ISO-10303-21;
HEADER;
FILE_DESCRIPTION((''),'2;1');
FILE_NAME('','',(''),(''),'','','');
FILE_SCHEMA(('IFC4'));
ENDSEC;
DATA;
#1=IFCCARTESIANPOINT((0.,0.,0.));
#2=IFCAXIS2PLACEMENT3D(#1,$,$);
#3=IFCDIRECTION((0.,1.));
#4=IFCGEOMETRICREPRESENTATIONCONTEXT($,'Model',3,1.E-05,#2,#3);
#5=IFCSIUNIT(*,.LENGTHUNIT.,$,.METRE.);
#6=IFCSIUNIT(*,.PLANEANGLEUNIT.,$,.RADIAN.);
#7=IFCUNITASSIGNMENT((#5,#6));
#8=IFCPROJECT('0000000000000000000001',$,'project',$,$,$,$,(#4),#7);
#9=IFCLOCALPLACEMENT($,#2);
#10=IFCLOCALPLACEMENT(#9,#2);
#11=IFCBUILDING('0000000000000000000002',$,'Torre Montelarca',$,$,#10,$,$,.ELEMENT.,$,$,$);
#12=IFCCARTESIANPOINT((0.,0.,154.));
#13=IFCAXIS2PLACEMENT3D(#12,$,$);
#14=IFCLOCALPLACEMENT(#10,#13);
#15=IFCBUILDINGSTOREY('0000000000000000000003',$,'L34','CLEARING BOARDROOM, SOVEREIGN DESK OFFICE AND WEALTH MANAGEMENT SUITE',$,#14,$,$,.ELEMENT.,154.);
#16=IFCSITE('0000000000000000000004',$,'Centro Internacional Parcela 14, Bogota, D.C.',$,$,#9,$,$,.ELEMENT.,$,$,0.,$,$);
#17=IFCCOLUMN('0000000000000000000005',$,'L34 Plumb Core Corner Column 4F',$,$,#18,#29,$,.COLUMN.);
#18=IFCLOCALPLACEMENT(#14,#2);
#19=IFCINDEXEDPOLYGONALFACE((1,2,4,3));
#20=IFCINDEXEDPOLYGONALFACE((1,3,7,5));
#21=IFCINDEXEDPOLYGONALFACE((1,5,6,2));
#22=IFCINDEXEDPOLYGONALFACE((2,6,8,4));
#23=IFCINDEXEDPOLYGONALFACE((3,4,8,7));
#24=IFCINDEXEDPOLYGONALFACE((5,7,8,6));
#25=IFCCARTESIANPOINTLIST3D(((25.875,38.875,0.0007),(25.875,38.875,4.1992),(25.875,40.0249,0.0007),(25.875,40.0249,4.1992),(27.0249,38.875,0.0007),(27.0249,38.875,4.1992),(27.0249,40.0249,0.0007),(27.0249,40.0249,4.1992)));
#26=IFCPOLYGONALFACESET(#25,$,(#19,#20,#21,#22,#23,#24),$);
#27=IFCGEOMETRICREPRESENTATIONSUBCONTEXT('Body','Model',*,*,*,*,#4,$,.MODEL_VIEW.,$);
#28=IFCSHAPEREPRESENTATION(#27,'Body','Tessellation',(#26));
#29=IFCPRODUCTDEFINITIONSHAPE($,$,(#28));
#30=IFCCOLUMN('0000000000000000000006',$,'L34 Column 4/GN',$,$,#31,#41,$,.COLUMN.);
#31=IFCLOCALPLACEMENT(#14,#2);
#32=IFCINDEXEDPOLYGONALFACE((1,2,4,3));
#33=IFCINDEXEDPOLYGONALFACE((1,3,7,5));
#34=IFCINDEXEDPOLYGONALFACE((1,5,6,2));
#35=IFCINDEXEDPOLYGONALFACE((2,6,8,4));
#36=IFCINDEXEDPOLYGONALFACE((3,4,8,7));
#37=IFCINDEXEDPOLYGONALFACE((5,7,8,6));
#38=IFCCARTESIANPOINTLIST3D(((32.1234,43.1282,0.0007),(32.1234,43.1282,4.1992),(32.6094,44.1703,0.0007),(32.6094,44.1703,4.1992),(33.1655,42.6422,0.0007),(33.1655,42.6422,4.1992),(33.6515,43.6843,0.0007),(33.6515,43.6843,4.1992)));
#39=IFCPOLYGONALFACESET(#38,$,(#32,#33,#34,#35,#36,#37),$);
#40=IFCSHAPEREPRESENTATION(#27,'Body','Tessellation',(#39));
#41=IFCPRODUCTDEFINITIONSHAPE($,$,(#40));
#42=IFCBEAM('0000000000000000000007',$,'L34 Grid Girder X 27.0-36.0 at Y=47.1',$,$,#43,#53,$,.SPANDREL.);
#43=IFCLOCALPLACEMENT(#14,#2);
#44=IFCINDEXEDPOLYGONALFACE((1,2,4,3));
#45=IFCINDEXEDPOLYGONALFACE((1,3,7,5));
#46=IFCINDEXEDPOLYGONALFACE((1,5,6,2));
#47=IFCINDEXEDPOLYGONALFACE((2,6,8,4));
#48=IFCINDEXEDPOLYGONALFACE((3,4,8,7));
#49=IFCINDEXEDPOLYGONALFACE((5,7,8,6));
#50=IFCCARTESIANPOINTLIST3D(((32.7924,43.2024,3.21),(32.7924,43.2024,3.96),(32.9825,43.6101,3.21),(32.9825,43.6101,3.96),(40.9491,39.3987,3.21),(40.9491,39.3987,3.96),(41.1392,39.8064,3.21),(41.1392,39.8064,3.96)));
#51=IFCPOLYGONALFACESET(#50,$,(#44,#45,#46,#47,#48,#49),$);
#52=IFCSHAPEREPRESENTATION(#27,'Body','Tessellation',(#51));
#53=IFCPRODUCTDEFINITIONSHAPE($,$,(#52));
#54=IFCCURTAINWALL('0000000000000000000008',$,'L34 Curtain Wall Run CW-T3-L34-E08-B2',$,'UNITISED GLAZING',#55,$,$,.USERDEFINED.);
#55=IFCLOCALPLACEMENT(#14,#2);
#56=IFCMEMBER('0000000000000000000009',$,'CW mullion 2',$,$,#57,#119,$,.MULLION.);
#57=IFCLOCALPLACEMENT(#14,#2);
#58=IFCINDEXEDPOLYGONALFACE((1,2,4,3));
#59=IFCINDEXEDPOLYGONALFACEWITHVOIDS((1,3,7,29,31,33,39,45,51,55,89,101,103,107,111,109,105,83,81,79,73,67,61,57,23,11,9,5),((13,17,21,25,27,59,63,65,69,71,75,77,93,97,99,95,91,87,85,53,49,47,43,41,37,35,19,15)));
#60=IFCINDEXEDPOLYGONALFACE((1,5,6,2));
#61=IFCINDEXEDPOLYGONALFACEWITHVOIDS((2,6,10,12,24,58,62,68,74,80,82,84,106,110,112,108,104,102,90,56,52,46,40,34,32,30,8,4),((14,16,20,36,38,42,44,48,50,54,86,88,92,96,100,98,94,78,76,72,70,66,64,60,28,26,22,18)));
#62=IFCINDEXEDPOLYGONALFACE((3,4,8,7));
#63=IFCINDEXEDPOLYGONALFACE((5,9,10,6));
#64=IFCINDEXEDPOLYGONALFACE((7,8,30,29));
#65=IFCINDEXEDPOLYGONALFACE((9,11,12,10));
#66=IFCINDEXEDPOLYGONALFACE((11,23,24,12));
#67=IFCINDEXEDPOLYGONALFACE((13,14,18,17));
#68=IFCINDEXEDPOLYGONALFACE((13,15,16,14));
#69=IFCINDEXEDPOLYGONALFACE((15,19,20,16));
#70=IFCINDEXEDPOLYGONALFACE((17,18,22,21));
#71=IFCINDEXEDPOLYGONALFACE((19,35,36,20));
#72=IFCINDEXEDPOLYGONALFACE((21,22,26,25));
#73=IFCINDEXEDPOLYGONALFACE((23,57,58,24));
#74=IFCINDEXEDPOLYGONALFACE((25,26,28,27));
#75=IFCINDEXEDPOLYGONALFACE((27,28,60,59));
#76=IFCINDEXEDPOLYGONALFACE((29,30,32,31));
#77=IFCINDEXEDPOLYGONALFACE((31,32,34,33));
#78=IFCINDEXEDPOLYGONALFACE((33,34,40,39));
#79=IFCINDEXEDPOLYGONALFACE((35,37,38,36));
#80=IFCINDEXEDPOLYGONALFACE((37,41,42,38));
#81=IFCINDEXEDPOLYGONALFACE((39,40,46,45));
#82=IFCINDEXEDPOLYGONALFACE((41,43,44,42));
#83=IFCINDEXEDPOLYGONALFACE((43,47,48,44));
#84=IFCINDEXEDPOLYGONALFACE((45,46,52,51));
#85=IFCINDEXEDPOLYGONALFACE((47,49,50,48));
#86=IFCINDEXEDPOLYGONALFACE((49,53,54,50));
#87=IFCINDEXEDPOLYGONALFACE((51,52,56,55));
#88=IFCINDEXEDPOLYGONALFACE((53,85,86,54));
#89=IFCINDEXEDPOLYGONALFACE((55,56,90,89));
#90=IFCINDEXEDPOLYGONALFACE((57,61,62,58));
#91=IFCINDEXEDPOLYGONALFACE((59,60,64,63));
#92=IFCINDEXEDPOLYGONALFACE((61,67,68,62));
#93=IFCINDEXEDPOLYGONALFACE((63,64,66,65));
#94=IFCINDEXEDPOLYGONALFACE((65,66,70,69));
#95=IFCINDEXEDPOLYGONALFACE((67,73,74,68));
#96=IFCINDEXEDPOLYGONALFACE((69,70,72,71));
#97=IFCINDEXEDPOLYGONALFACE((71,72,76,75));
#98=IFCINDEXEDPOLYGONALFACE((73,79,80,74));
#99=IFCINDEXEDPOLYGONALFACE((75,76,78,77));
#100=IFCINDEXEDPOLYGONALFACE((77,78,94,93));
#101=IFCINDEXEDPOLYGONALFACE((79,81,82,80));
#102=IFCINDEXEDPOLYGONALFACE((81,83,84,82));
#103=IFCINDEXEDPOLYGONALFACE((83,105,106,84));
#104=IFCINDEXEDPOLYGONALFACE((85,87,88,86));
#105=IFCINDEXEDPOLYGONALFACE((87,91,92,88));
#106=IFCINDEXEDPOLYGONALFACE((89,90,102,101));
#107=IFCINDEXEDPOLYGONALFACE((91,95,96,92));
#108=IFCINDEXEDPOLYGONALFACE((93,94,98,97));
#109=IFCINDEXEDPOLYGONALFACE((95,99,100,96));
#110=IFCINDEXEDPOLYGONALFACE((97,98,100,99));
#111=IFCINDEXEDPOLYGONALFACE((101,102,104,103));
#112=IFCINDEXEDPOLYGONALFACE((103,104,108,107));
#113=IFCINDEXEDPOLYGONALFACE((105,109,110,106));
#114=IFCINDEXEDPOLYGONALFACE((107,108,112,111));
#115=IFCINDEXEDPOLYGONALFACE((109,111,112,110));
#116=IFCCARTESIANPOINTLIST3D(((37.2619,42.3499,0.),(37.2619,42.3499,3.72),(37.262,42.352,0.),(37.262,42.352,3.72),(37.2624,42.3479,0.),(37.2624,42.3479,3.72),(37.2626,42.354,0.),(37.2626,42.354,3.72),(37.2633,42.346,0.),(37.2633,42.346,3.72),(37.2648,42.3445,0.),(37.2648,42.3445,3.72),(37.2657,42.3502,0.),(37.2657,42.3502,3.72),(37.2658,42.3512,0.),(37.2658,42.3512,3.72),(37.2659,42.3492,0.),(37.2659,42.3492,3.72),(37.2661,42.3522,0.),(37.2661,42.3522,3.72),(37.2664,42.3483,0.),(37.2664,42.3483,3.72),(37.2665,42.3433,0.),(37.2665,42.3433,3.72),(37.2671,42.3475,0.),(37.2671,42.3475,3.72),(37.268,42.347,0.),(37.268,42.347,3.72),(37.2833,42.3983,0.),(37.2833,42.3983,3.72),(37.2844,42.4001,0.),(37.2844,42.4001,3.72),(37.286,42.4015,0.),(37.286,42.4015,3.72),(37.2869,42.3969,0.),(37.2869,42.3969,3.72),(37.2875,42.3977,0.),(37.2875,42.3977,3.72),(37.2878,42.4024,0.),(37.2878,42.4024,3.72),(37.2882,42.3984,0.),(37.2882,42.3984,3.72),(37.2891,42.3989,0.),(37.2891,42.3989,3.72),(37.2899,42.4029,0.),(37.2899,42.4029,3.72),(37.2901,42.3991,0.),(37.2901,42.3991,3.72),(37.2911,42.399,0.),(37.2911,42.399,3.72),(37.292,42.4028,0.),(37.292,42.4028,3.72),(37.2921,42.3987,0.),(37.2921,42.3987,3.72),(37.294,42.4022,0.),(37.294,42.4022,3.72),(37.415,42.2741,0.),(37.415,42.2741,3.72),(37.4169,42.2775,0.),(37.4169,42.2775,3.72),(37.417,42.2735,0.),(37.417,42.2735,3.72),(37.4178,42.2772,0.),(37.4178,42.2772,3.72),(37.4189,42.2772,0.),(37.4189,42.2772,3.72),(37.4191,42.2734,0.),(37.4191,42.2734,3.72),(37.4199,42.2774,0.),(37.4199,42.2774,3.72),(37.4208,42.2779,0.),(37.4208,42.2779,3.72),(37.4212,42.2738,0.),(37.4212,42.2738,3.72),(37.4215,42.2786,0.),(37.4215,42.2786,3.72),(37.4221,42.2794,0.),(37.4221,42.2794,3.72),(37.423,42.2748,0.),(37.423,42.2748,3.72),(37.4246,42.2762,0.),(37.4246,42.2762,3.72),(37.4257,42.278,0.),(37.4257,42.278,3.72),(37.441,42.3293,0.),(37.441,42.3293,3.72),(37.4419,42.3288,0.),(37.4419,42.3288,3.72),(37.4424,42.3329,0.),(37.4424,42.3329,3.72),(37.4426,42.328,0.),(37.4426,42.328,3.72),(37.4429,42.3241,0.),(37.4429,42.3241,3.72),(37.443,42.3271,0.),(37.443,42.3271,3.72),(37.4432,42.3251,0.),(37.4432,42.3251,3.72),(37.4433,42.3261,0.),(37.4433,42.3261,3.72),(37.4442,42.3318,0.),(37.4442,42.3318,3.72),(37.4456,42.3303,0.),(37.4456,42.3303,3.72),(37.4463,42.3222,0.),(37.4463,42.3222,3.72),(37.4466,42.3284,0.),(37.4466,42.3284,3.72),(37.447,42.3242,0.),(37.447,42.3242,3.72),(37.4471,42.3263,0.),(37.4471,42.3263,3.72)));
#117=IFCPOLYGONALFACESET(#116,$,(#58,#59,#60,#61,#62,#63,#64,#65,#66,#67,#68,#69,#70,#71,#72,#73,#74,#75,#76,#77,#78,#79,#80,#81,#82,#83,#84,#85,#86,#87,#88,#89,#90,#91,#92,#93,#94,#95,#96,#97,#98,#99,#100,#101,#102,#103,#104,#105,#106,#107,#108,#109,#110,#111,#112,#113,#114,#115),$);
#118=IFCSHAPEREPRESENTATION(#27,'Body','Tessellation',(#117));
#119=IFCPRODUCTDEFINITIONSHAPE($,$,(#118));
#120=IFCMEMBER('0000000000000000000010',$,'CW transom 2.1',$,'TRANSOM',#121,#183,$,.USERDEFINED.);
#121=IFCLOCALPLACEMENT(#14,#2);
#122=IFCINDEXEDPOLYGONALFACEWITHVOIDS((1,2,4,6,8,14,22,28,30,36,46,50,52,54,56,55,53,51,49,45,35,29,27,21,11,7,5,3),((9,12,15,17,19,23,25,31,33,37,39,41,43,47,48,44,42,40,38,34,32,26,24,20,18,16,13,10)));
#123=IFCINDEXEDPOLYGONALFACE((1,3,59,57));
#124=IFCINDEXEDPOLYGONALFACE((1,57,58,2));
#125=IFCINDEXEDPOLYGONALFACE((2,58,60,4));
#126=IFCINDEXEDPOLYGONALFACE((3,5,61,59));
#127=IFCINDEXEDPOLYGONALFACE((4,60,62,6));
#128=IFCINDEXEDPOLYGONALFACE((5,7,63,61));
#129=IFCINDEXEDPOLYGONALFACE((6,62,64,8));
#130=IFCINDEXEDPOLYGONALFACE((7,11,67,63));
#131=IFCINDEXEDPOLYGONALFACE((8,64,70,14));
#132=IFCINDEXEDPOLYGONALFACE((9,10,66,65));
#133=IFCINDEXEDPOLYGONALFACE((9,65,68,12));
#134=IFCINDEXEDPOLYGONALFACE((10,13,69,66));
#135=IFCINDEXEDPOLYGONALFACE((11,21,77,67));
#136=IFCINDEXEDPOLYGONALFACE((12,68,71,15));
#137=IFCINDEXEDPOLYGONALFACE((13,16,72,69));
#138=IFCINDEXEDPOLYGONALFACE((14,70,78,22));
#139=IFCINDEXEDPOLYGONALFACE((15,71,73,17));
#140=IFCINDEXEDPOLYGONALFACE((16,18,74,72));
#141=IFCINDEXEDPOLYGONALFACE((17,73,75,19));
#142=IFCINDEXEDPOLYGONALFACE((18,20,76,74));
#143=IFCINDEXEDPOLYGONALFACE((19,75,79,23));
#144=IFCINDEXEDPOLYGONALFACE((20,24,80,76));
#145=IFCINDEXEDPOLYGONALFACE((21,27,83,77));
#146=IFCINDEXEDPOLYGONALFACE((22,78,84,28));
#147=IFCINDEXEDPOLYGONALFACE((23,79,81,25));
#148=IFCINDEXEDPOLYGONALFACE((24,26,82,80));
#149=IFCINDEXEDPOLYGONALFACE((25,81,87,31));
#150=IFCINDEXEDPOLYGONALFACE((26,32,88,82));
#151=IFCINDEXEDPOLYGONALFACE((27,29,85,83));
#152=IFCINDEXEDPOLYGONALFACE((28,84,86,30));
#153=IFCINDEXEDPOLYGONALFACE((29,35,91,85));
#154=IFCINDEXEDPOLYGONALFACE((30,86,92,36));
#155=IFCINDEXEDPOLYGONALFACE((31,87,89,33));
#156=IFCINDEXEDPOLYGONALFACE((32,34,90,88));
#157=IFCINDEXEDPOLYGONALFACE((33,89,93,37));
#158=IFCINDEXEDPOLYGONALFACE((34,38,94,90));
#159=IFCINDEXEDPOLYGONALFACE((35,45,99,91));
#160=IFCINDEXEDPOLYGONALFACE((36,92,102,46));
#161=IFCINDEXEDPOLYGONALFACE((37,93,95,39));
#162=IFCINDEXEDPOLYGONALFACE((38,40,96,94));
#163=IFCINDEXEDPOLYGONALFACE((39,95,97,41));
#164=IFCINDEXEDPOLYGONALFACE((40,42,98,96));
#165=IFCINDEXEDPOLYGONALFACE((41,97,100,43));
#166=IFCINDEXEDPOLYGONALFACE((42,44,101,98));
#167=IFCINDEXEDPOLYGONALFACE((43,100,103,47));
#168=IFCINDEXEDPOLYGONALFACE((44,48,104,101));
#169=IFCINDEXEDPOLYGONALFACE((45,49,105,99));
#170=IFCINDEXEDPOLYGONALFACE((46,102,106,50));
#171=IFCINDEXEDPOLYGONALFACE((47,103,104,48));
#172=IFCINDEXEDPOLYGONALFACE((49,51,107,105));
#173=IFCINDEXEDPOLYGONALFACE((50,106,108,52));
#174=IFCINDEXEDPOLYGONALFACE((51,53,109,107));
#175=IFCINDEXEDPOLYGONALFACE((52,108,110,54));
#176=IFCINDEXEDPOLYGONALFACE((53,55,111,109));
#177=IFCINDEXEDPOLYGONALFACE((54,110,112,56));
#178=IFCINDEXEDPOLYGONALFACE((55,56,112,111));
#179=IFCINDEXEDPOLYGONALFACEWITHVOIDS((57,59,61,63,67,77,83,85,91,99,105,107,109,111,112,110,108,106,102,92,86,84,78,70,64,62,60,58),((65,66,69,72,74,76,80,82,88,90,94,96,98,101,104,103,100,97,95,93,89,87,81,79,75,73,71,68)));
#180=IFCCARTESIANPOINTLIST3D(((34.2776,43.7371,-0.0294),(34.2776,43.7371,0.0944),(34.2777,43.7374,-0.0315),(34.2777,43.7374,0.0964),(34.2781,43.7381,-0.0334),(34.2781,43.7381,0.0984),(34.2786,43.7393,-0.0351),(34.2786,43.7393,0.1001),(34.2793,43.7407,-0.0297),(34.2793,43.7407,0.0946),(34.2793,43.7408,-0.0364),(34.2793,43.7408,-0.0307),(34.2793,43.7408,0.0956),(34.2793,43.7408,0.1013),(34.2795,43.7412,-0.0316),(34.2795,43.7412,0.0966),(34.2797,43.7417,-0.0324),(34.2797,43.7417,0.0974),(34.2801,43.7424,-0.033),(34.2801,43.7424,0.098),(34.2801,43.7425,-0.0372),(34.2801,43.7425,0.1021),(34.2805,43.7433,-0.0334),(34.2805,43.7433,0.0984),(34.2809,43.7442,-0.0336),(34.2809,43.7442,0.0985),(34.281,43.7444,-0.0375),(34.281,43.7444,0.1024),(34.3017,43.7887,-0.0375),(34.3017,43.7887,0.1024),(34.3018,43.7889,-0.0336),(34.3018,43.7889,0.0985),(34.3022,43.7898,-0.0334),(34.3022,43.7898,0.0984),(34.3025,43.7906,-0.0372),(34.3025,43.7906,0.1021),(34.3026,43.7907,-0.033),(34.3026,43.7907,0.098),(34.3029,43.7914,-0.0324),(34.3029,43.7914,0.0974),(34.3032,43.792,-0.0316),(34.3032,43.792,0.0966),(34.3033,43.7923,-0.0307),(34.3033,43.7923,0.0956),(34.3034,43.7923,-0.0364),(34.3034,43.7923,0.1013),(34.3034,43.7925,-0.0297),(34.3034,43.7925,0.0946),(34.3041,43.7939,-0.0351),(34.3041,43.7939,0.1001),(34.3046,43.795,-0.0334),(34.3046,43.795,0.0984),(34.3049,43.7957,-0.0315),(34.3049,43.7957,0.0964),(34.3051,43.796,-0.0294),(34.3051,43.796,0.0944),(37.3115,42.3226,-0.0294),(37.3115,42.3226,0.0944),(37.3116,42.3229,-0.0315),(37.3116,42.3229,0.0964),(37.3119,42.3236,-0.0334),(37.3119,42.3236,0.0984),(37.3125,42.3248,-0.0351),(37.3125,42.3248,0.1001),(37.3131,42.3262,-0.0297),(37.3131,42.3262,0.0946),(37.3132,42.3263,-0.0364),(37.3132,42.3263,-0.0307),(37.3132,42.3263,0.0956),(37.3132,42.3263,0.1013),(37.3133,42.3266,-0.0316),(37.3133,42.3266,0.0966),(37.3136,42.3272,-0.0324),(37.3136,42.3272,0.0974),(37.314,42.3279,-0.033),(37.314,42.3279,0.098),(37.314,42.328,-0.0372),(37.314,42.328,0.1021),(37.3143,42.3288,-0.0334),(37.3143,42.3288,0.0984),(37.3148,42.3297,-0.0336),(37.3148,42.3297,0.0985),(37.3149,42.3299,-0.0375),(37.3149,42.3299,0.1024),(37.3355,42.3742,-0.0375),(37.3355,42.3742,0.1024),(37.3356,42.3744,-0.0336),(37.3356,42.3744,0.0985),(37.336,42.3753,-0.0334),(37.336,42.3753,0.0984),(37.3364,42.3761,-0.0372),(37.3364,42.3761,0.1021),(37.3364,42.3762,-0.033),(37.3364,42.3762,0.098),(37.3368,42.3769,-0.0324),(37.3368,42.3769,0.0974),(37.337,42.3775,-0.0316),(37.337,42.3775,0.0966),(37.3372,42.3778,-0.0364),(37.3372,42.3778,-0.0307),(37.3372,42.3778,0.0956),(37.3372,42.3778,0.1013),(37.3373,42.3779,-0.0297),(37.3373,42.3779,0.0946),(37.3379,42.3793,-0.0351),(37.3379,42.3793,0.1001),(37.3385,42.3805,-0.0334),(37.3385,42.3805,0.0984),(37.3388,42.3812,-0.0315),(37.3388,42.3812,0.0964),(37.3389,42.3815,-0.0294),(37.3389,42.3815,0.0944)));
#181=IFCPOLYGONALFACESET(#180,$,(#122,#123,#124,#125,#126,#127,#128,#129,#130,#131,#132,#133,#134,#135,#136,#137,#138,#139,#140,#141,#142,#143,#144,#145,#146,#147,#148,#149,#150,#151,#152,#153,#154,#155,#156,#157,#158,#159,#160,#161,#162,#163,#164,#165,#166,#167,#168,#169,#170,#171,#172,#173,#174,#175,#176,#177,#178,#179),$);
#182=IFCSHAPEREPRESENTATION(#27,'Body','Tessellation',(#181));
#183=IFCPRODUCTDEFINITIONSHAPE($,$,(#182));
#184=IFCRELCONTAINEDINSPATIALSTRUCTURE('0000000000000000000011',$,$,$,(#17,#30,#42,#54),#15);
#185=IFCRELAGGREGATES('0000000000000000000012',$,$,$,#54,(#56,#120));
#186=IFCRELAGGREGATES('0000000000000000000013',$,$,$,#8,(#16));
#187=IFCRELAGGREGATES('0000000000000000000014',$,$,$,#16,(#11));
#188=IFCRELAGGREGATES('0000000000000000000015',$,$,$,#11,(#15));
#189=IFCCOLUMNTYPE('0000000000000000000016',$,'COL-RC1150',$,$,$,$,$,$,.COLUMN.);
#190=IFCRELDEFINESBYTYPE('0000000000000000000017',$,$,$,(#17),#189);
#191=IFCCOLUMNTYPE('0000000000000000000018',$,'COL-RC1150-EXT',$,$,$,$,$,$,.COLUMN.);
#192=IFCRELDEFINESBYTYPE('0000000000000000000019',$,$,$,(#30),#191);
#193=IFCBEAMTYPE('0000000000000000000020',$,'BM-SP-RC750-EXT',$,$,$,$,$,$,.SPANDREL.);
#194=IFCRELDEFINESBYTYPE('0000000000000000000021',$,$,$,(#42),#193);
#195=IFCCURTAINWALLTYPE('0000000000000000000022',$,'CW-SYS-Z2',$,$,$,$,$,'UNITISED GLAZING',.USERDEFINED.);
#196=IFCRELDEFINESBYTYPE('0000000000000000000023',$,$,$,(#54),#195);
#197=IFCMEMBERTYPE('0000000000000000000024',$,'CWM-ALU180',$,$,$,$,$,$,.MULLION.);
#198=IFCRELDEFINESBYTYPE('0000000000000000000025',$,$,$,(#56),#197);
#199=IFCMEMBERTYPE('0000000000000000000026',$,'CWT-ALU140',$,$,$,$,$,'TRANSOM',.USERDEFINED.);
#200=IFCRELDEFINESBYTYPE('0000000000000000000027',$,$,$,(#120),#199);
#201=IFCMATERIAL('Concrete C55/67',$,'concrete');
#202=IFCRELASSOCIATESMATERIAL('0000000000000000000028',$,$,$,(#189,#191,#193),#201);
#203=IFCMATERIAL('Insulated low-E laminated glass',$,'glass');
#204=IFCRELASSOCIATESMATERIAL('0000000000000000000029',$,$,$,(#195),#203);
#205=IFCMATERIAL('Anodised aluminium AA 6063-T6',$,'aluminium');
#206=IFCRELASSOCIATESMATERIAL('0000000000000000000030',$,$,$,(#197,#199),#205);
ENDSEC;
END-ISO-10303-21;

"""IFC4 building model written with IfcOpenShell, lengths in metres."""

from ifc_helpers import new_model, si_unit, direction, frame, origin, origin_2d, place, context, subcontext, project, spatial, rectangle, hollow_rectangle, extrude, source, transform, mapped, material, material_profile, profile_set, type_object, element, aggregate, save


model = new_model("IFC4")

# Units and contexts
model_context = context("Model", 3, precision=1e-05, world=origin(), true_north=direction((0.0, 1.0)))
body_context = subcontext(model_context, "Body", "Model", "MODEL_VIEW")
ifc_project = project(units=[si_unit("LENGTHUNIT", "METRE"), si_unit("PLANEANGLEUNIT", "RADIAN")], contexts=[model_context])

# Site, building, storey
site_placement = place(None, origin())
site = spatial("IfcSite", under=ifc_project, at=site_placement, Name="Centro Internacional Parcela 14, Bogota, D.C.", CompositionType="ELEMENT", RefElevation=0.0)
building_placement = place(site_placement, origin())
building = spatial("IfcBuilding", under=site, at=building_placement, Name="Torre Montelarca", CompositionType="ELEMENT")
storey_placement = place(building_placement, frame((0.0, 0.0, 154.0)))
storey = spatial("IfcBuildingStorey", under=building, at=storey_placement, Name="L34", Description="CLEARING BOARDROOM, SOVEREIGN DESK OFFICE AND WEALTH MANAGEMENT SUITE", CompositionType="ELEMENT", Elevation=154.0)

# Columns
ifc_material_1 = material(Name="Concrete C55/67", Category="concrete")
ifc_material_profile_1 = material_profile(ifc_material_1, rectangle(XDim=1.1499, YDim=1.1499, at=origin_2d()), Name="RC1150X1150", Category="concrete")
ifc_profile_set_1 = profile_set([ifc_material_profile_1], Name="Concrete C55/67")
column_type_1 = type_object("IfcColumnType", Name="COL-RC1150", PredefinedType="COLUMN", material=ifc_profile_set_1)
shared_shape_1 = source(origin(), body_context, "Body", "SweptSolid", [
    extrude(rectangle(XDim=1.1499, YDim=1.1499, at=origin_2d()), origin(), (0.0, 0.0, 1.0), 4.1985),
])
column_1_placement = place(storey_placement, frame((26.45, 39.45, 0.0007), z_axis=(0.0, 0.0, 1.0), x_axis=(1.0, 0.0, 0.0)))
element("IfcColumn", 1, at=column_1_placement, inside=storey, type_object=column_type_1, Name="L34 Plumb Core Corner Column 4F", PredefinedType="COLUMN", context=body_context, shape_type="MappedRepresentation", body=[
    mapped(shared_shape_1, transform((0.0, 0.0, 0.0), scale=1.0)),
])
ifc_material_profile_2 = material_profile(ifc_material_1, rectangle(XDim=1.1499, YDim=1.1499, at=origin_2d()), Name="RC1150X1150", Category="concrete")
ifc_profile_set_2 = profile_set([ifc_material_profile_2], Name="Concrete C55/67")
column_type_2 = type_object("IfcColumnType", Name="COL-RC1150-EXT", PredefinedType="COLUMN", material=ifc_profile_set_2)
shared_shape_2 = source(origin(), body_context, "Body", "SweptSolid", [
    extrude(rectangle(XDim=1.1499, YDim=1.1499, at=origin_2d()), origin(), (0.0, 0.0, 1.0), 4.1985),
])
column_2_placement = place(storey_placement, frame((32.8875, 43.4062, 0.0007), z_axis=(0.0, 0.0, 1.0), x_axis=(-0.906308, 0.422618, 0.0)))
element("IfcColumn", 2, at=column_2_placement, inside=storey, type_object=column_type_2, Name="L34 Column 4/GN", PredefinedType="COLUMN", context=body_context, shape_type="MappedRepresentation", body=[
    mapped(shared_shape_2, transform((0.0, 0.0, 0.0), scale=1.0)),
])

# Beam
ifc_material_profile_3 = material_profile(ifc_material_1, rectangle(XDim=0.45, YDim=0.75, at=origin_2d()), Name="RCB450X750", Category="concrete")
ifc_profile_set_3 = profile_set([ifc_material_profile_3], Name="Concrete C55/67")
beam_type = type_object("IfcBeamType", Name="BM-SP-RC750-EXT", PredefinedType="SPANDREL", material=ifc_profile_set_3)
shared_shape_3 = source(origin(), body_context, "Body", "SweptSolid", [
    extrude(rectangle(XDim=0.45, YDim=0.75, at=origin_2d()), origin(), (0.0, 0.0, 1.0), 9.0),
])
beam_placement = place(storey_placement, frame((32.8875, 43.4062, 3.585), z_axis=(0.906301, -0.422633, 0.0), x_axis=(0.422633, 0.906301, 0.0)))
element("IfcBeam", 3, at=beam_placement, inside=storey, type_object=beam_type, Name="L34 Grid Girder X 27.0-36.0 at Y=47.1", PredefinedType="SPANDREL", context=body_context, shape_type="MappedRepresentation", body=[
    mapped(shared_shape_3, transform((0.0, 0.0, 0.0), scale=1.0)),
])

# Curtain wall, members
ifc_material_2 = material(Name="Insulated low-E laminated glass", Category="glass")
curtain_wall_type = type_object("IfcCurtainWallType", Name="CW-SYS-Z2", ElementType="UNITISED GLAZING", PredefinedType="USERDEFINED", material=ifc_material_2)
curtain_wall_placement = place(storey_placement, origin())
curtain_wall = element("IfcCurtainWall", 4, at=curtain_wall_placement, inside=storey, type_object=curtain_wall_type, Name="L34 Curtain Wall Run CW-T3-L34-E08-B2", ObjectType="UNITISED GLAZING", PredefinedType="USERDEFINED")
ifc_material_3 = material(Name="Anodised aluminium AA 6063-T6", Category="aluminium")
ifc_material_profile_4 = material_profile(ifc_material_3, hollow_rectangle(XDim=0.0649, YDim=0.1799, WallThickness=0.0039, InnerFilletRadius=0.0039, OuterFilletRadius=0.0081, at=origin_2d()), Name="ALU65X180X4", Category="aluminium")
ifc_profile_set_4 = profile_set([ifc_material_profile_4], Name="Anodised aluminium AA 6063-T6")
member_type_1 = type_object("IfcMemberType", Name="CWM-ALU180", PredefinedType="MULLION", material=ifc_profile_set_4)
shared_shape_4 = source(origin(), body_context, "Body", "SweptSolid", [
    extrude(hollow_rectangle(XDim=0.0649, YDim=0.1799, WallThickness=0.0039, InnerFilletRadius=0.0039, OuterFilletRadius=0.0081, at=origin_2d()), origin(), (0.0, 0.0, 1.0), 3.72),
])
member_1_placement = place(storey_placement, frame((37.3545, 42.3381, 0.0), z_axis=(0.0, 0.0, 1.0), x_axis=(-0.422611, -0.906311, 0.0)))
member_1 = element("IfcMember", 5, at=member_1_placement, type_object=member_type_1, Name="CW mullion 2", PredefinedType="MULLION", context=body_context, shape_type="MappedRepresentation", body=[
    mapped(shared_shape_4, transform((0.0, 0.0, 0.0), scale=1.0)),
])
ifc_material_profile_5 = material_profile(ifc_material_3, hollow_rectangle(XDim=0.0649, YDim=0.1399, WallThickness=0.0039, InnerFilletRadius=0.0039, OuterFilletRadius=0.0081, at=origin_2d()), Name="ALU65X140X4", Category="aluminium")
ifc_profile_set_5 = profile_set([ifc_material_profile_5], Name="Anodised aluminium AA 6063-T6")
member_type_2 = type_object("IfcMemberType", Name="CWT-ALU140", ElementType="TRANSOM", PredefinedType="USERDEFINED", material=ifc_profile_set_5)
shared_shape_5 = source(origin(), body_context, "Body", "SweptSolid", [
    extrude(hollow_rectangle(XDim=0.0649, YDim=0.1399, WallThickness=0.0039, InnerFilletRadius=0.0039, OuterFilletRadius=0.0081, at=origin_2d()), origin(), (0.0, 0.0, 1.0), 3.3474),
])
member_2_placement = place(storey_placement, frame((37.3252, 42.3521, 0.0325), z_axis=(-0.90633, 0.42257, 0.0), x_axis=(-0.42257, -0.90633, 0.0)))
member_2 = element("IfcMember", 6, at=member_2_placement, type_object=member_type_2, Name="CW transom 2.1", ObjectType="TRANSOM", PredefinedType="USERDEFINED", context=body_context, shape_type="MappedRepresentation", body=[
    mapped(shared_shape_5, transform((0.0, 0.0, 0.0), scale=1.0)),
])
aggregate(curtain_wall, [member_1, member_2])

save(model, "model.ifc")
